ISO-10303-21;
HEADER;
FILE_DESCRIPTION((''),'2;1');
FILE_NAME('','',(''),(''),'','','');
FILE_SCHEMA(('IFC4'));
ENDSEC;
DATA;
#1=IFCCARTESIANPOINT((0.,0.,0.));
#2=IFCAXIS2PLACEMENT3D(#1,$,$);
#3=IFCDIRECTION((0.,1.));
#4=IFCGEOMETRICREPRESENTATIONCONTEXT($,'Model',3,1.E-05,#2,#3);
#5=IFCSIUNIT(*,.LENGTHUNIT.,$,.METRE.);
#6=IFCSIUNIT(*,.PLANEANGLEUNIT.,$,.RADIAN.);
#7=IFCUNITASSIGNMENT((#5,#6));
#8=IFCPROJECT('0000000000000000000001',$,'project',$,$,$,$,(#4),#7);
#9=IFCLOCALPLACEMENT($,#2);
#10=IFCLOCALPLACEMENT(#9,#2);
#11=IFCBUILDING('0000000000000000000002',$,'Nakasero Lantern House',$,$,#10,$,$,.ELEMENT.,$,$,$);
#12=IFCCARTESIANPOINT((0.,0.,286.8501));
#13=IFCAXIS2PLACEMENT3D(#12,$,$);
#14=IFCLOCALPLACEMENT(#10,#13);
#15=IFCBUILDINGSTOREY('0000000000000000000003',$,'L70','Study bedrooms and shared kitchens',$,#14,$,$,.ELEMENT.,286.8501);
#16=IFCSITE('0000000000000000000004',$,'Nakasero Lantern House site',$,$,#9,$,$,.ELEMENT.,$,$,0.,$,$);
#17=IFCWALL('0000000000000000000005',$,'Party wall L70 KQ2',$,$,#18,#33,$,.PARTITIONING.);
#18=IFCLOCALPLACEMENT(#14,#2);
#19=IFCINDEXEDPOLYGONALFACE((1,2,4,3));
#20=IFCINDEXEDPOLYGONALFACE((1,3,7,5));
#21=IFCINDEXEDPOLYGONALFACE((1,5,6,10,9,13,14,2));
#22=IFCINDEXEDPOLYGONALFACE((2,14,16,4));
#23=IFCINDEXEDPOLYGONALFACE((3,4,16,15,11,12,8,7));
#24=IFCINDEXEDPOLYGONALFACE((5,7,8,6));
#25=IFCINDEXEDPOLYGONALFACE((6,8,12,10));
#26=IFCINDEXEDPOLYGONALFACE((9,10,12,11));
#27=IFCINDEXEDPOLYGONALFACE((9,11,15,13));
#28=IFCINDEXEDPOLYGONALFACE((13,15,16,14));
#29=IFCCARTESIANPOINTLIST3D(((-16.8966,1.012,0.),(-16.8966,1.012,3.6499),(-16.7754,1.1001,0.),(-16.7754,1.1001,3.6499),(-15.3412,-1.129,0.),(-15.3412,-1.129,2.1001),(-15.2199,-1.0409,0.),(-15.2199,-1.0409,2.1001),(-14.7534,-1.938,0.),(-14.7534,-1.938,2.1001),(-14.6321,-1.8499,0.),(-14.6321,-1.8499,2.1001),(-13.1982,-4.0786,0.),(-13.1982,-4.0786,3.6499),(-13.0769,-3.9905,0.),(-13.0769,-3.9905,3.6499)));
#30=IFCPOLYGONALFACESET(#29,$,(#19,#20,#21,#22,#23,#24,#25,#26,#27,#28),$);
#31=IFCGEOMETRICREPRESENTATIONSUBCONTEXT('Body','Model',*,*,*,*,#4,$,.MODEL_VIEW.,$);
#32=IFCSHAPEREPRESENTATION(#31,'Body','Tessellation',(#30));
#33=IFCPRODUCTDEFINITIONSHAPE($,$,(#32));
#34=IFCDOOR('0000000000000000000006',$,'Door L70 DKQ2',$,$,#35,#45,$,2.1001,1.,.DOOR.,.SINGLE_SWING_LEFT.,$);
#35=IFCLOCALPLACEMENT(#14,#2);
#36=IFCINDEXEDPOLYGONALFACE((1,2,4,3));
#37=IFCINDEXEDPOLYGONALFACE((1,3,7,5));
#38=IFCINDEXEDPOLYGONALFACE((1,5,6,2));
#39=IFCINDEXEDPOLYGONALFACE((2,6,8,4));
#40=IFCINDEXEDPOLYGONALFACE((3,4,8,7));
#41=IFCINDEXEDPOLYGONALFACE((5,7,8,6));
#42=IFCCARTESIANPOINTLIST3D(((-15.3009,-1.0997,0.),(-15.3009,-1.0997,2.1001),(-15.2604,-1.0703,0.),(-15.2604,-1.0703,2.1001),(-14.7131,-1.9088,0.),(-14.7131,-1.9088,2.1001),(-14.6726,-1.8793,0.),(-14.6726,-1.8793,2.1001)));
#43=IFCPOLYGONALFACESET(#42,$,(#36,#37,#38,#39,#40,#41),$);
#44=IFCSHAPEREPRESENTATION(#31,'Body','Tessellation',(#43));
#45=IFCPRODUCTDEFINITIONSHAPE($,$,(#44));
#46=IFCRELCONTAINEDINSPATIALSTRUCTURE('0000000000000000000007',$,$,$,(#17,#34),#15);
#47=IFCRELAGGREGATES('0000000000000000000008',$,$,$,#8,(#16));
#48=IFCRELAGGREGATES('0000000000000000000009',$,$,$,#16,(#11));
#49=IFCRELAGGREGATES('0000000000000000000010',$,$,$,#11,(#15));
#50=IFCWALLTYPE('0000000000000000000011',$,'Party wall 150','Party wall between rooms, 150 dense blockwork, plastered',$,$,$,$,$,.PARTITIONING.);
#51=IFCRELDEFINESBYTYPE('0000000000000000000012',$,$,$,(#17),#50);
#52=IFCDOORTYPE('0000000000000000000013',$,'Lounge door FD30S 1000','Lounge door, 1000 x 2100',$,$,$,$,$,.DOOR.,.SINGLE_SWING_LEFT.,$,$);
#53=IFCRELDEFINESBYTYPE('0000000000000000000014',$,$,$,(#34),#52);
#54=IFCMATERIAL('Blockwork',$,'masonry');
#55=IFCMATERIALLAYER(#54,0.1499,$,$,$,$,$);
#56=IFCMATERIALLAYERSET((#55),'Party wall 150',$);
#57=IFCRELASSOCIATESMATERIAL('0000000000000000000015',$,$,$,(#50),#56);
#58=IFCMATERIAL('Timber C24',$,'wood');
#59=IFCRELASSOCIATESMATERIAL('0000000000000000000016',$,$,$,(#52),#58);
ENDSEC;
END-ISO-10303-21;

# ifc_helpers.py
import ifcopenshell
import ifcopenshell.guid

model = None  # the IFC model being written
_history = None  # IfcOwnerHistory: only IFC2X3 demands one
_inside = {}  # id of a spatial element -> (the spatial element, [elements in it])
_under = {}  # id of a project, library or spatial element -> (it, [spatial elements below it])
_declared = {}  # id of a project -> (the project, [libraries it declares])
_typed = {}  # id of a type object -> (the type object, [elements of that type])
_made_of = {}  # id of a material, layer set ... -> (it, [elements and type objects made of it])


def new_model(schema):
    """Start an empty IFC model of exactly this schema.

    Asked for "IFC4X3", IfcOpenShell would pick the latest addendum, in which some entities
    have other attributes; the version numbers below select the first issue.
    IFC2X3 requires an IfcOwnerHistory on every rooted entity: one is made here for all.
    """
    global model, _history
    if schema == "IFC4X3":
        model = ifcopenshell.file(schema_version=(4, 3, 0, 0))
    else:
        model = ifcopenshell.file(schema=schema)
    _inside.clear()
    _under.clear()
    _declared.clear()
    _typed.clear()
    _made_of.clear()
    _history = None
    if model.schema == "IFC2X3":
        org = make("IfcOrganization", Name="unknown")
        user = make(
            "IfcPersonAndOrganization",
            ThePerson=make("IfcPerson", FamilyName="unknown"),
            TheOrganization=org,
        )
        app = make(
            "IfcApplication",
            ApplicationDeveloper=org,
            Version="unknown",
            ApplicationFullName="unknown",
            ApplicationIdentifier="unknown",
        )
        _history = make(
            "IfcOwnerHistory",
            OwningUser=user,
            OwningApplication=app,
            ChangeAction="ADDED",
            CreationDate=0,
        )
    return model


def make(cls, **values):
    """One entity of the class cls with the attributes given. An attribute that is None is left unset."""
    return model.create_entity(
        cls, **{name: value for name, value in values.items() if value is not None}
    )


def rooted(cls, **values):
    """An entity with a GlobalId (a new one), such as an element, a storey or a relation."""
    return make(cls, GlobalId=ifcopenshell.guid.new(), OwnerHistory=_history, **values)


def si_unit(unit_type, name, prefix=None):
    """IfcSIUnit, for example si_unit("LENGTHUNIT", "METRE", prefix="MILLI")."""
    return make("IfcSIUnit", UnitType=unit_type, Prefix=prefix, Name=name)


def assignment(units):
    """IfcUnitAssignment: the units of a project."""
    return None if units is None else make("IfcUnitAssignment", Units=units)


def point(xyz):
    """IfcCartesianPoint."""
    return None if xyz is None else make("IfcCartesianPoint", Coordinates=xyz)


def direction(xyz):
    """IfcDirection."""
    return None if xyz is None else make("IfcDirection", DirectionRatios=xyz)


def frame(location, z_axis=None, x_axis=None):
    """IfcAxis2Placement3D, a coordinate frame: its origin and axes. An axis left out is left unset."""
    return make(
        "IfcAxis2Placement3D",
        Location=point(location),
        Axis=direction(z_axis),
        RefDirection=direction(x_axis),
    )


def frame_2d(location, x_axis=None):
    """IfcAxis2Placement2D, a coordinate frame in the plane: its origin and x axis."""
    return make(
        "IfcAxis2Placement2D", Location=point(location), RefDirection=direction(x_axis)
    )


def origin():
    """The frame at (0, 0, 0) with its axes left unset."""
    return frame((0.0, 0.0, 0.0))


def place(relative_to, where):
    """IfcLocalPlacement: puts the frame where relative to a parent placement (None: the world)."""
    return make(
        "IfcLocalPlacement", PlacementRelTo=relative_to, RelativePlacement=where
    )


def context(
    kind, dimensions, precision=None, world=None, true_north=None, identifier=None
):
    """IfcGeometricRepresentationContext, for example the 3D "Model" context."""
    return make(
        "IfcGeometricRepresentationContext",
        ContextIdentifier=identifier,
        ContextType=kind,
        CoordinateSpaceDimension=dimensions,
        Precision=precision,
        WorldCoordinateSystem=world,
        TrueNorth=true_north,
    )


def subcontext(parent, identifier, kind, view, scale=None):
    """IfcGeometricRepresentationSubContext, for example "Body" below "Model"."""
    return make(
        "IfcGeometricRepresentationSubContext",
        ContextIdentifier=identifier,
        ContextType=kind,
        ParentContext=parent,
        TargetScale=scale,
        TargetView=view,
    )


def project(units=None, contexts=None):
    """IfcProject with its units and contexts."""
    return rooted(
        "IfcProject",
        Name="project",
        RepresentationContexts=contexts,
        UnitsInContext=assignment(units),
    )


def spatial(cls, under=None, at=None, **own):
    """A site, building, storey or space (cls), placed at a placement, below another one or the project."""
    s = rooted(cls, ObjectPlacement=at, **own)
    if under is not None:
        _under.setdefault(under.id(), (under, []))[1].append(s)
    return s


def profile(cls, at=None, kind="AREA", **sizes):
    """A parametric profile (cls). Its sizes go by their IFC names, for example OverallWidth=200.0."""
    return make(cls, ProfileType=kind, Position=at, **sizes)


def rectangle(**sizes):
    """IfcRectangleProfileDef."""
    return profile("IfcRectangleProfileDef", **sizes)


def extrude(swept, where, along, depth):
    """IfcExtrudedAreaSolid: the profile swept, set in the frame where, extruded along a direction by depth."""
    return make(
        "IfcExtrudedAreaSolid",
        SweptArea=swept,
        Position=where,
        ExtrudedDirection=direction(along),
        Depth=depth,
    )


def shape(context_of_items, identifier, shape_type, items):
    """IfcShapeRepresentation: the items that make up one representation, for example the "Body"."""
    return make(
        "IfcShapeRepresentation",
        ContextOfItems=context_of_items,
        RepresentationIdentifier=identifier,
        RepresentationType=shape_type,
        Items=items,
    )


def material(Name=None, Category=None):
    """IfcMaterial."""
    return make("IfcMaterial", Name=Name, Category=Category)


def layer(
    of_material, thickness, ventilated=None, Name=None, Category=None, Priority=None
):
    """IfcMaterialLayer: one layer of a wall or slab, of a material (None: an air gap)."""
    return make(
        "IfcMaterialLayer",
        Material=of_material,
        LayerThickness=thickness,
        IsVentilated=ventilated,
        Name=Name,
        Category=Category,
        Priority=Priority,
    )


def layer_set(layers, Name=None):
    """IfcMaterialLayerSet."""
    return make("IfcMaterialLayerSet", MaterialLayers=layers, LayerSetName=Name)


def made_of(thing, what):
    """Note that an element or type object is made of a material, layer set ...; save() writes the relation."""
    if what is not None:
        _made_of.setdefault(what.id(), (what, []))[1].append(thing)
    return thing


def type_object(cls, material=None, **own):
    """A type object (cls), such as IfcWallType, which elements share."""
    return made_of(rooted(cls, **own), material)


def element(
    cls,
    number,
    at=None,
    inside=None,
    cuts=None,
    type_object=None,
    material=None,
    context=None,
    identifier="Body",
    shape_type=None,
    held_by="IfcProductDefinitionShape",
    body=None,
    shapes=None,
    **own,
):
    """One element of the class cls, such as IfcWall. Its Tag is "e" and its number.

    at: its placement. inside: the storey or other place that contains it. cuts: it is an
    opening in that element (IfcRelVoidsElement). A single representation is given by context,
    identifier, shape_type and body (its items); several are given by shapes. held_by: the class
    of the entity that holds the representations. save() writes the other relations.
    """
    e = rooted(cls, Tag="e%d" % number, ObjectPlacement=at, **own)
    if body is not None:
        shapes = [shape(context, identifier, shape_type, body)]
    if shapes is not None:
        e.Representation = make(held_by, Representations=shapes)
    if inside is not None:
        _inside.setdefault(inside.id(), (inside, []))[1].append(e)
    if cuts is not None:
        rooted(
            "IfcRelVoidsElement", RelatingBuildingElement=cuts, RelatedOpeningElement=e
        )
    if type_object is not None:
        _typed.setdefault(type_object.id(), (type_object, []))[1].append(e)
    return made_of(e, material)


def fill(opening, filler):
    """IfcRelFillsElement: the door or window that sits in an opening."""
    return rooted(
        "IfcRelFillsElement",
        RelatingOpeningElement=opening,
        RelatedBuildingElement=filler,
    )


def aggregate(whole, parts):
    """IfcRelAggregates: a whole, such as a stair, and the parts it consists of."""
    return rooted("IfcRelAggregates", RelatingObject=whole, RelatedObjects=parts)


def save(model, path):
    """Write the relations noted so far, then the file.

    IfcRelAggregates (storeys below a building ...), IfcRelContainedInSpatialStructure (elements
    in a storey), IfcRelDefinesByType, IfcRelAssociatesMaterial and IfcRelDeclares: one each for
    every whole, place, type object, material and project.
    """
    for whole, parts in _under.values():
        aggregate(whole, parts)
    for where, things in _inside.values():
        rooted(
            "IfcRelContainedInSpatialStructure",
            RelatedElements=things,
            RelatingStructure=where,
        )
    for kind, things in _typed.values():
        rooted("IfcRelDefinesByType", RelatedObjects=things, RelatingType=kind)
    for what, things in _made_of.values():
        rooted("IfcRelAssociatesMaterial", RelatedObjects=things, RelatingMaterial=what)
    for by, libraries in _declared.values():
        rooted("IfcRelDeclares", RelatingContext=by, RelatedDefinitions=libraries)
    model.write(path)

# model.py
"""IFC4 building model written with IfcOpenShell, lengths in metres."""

from ifc_helpers import new_model, si_unit, direction, frame, frame_2d, origin, place, context, subcontext, project, spatial, rectangle, extrude, material, layer, layer_set, type_object, element, fill, save


model = new_model("IFC4")

# Units and contexts
model_context = context("Model", 3, precision=1e-05, world=origin(), true_north=direction((0.0, 1.0)))
body_context = subcontext(model_context, "Body", "Model", "MODEL_VIEW")
ifc_project = project(units=[si_unit("LENGTHUNIT", "METRE"), si_unit("PLANEANGLEUNIT", "RADIAN")], contexts=[model_context])

# Site, building, storey
site_placement = place(None, origin())
site = spatial("IfcSite", under=ifc_project, at=site_placement, Name="Nakasero Lantern House site", CompositionType="ELEMENT", RefElevation=0.0)
building_placement = place(site_placement, origin())
building = spatial("IfcBuilding", under=site, at=building_placement, Name="Nakasero Lantern House", CompositionType="ELEMENT")
storey_placement = place(building_placement, frame((0.0, 0.0, 286.8501)))
storey = spatial("IfcBuildingStorey", under=building, at=storey_placement, Name="L70", Description="Study bedrooms and shared kitchens", CompositionType="ELEMENT", Elevation=286.8501)

# Shared definitions
ifc_material_1 = material(Name="Blockwork", Category="masonry")
ifc_layer_1 = layer(ifc_material_1, 0.1499)
ifc_layer_set_1 = layer_set([ifc_layer_1], Name="Party wall 150")
wall_type_1 = type_object("IfcWallType", Name="Party wall 150", Description="Party wall between rooms, 150 dense blockwork, plastered", PredefinedType="PARTITIONING", material=ifc_layer_set_1)

# Wall, opening, door
wall_1_placement = place(storey_placement, frame((-16.8359, 1.0559, 0.0), z_axis=(0.0, 0.0, 1.0), x_axis=(0.587782, -0.80902, 0.0)))
wall_1 = element("IfcWall", 1, at=wall_1_placement, inside=storey, type_object=wall_type_1, Name="Party wall L70 KQ2", PredefinedType="PARTITIONING", context=body_context, shape_type="SweptSolid", body=[
    extrude(rectangle(XDim=6.2922, YDim=0.1499, at=frame_2d((3.146, 0.0))), origin(), (0.0, 0.0, 1.0), 3.6499),
])
opening_1_placement = place(wall_1_placement, frame((2.6462, 0.0, 0.0)))
opening_1 = element("IfcOpeningElement", 2, at=opening_1_placement, cuts=wall_1, PredefinedType="OPENING", context=body_context, shape_type="SweptSolid", body=[
    extrude(rectangle(XDim=1.0, YDim=2.1001, at=frame_2d((0.5, 1.05))), frame((0.0, 0.095, 0.0), z_axis=(0.0, -1.0, 0.0), x_axis=(1.0, 0.0, 0.0)), (0.0, 0.0, 1.0), 0.1899),
])
ifc_material_2 = material(Name="Timber C24", Category="wood")
door_type_1 = type_object("IfcDoorType", Name="Lounge door FD30S 1000", Description="Lounge door, 1000 x 2100", OperationType="SINGLE_SWING_LEFT", PredefinedType="DOOR", material=ifc_material_2)
door_1_placement = place(opening_1_placement, origin())
door_1 = element("IfcDoor", 3, at=door_1_placement, inside=storey, type_object=door_type_1, Name="Door L70 DKQ2", OperationType="SINGLE_SWING_LEFT", OverallHeight=2.1001, OverallWidth=1.0, PredefinedType="DOOR", context=body_context, shape_type="SweptSolid", body=[
    extrude(rectangle(XDim=1.0, YDim=2.1001, at=frame_2d((0.5, 1.05))), frame((0.0, 0.0249, 0.0), z_axis=(0.0, -1.0, 0.0), x_axis=(1.0, 0.0, 0.0)), (0.0, 0.0, 1.0), 0.05),
])
fill(opening_1, door_1)

save(model, "model.ifc")
